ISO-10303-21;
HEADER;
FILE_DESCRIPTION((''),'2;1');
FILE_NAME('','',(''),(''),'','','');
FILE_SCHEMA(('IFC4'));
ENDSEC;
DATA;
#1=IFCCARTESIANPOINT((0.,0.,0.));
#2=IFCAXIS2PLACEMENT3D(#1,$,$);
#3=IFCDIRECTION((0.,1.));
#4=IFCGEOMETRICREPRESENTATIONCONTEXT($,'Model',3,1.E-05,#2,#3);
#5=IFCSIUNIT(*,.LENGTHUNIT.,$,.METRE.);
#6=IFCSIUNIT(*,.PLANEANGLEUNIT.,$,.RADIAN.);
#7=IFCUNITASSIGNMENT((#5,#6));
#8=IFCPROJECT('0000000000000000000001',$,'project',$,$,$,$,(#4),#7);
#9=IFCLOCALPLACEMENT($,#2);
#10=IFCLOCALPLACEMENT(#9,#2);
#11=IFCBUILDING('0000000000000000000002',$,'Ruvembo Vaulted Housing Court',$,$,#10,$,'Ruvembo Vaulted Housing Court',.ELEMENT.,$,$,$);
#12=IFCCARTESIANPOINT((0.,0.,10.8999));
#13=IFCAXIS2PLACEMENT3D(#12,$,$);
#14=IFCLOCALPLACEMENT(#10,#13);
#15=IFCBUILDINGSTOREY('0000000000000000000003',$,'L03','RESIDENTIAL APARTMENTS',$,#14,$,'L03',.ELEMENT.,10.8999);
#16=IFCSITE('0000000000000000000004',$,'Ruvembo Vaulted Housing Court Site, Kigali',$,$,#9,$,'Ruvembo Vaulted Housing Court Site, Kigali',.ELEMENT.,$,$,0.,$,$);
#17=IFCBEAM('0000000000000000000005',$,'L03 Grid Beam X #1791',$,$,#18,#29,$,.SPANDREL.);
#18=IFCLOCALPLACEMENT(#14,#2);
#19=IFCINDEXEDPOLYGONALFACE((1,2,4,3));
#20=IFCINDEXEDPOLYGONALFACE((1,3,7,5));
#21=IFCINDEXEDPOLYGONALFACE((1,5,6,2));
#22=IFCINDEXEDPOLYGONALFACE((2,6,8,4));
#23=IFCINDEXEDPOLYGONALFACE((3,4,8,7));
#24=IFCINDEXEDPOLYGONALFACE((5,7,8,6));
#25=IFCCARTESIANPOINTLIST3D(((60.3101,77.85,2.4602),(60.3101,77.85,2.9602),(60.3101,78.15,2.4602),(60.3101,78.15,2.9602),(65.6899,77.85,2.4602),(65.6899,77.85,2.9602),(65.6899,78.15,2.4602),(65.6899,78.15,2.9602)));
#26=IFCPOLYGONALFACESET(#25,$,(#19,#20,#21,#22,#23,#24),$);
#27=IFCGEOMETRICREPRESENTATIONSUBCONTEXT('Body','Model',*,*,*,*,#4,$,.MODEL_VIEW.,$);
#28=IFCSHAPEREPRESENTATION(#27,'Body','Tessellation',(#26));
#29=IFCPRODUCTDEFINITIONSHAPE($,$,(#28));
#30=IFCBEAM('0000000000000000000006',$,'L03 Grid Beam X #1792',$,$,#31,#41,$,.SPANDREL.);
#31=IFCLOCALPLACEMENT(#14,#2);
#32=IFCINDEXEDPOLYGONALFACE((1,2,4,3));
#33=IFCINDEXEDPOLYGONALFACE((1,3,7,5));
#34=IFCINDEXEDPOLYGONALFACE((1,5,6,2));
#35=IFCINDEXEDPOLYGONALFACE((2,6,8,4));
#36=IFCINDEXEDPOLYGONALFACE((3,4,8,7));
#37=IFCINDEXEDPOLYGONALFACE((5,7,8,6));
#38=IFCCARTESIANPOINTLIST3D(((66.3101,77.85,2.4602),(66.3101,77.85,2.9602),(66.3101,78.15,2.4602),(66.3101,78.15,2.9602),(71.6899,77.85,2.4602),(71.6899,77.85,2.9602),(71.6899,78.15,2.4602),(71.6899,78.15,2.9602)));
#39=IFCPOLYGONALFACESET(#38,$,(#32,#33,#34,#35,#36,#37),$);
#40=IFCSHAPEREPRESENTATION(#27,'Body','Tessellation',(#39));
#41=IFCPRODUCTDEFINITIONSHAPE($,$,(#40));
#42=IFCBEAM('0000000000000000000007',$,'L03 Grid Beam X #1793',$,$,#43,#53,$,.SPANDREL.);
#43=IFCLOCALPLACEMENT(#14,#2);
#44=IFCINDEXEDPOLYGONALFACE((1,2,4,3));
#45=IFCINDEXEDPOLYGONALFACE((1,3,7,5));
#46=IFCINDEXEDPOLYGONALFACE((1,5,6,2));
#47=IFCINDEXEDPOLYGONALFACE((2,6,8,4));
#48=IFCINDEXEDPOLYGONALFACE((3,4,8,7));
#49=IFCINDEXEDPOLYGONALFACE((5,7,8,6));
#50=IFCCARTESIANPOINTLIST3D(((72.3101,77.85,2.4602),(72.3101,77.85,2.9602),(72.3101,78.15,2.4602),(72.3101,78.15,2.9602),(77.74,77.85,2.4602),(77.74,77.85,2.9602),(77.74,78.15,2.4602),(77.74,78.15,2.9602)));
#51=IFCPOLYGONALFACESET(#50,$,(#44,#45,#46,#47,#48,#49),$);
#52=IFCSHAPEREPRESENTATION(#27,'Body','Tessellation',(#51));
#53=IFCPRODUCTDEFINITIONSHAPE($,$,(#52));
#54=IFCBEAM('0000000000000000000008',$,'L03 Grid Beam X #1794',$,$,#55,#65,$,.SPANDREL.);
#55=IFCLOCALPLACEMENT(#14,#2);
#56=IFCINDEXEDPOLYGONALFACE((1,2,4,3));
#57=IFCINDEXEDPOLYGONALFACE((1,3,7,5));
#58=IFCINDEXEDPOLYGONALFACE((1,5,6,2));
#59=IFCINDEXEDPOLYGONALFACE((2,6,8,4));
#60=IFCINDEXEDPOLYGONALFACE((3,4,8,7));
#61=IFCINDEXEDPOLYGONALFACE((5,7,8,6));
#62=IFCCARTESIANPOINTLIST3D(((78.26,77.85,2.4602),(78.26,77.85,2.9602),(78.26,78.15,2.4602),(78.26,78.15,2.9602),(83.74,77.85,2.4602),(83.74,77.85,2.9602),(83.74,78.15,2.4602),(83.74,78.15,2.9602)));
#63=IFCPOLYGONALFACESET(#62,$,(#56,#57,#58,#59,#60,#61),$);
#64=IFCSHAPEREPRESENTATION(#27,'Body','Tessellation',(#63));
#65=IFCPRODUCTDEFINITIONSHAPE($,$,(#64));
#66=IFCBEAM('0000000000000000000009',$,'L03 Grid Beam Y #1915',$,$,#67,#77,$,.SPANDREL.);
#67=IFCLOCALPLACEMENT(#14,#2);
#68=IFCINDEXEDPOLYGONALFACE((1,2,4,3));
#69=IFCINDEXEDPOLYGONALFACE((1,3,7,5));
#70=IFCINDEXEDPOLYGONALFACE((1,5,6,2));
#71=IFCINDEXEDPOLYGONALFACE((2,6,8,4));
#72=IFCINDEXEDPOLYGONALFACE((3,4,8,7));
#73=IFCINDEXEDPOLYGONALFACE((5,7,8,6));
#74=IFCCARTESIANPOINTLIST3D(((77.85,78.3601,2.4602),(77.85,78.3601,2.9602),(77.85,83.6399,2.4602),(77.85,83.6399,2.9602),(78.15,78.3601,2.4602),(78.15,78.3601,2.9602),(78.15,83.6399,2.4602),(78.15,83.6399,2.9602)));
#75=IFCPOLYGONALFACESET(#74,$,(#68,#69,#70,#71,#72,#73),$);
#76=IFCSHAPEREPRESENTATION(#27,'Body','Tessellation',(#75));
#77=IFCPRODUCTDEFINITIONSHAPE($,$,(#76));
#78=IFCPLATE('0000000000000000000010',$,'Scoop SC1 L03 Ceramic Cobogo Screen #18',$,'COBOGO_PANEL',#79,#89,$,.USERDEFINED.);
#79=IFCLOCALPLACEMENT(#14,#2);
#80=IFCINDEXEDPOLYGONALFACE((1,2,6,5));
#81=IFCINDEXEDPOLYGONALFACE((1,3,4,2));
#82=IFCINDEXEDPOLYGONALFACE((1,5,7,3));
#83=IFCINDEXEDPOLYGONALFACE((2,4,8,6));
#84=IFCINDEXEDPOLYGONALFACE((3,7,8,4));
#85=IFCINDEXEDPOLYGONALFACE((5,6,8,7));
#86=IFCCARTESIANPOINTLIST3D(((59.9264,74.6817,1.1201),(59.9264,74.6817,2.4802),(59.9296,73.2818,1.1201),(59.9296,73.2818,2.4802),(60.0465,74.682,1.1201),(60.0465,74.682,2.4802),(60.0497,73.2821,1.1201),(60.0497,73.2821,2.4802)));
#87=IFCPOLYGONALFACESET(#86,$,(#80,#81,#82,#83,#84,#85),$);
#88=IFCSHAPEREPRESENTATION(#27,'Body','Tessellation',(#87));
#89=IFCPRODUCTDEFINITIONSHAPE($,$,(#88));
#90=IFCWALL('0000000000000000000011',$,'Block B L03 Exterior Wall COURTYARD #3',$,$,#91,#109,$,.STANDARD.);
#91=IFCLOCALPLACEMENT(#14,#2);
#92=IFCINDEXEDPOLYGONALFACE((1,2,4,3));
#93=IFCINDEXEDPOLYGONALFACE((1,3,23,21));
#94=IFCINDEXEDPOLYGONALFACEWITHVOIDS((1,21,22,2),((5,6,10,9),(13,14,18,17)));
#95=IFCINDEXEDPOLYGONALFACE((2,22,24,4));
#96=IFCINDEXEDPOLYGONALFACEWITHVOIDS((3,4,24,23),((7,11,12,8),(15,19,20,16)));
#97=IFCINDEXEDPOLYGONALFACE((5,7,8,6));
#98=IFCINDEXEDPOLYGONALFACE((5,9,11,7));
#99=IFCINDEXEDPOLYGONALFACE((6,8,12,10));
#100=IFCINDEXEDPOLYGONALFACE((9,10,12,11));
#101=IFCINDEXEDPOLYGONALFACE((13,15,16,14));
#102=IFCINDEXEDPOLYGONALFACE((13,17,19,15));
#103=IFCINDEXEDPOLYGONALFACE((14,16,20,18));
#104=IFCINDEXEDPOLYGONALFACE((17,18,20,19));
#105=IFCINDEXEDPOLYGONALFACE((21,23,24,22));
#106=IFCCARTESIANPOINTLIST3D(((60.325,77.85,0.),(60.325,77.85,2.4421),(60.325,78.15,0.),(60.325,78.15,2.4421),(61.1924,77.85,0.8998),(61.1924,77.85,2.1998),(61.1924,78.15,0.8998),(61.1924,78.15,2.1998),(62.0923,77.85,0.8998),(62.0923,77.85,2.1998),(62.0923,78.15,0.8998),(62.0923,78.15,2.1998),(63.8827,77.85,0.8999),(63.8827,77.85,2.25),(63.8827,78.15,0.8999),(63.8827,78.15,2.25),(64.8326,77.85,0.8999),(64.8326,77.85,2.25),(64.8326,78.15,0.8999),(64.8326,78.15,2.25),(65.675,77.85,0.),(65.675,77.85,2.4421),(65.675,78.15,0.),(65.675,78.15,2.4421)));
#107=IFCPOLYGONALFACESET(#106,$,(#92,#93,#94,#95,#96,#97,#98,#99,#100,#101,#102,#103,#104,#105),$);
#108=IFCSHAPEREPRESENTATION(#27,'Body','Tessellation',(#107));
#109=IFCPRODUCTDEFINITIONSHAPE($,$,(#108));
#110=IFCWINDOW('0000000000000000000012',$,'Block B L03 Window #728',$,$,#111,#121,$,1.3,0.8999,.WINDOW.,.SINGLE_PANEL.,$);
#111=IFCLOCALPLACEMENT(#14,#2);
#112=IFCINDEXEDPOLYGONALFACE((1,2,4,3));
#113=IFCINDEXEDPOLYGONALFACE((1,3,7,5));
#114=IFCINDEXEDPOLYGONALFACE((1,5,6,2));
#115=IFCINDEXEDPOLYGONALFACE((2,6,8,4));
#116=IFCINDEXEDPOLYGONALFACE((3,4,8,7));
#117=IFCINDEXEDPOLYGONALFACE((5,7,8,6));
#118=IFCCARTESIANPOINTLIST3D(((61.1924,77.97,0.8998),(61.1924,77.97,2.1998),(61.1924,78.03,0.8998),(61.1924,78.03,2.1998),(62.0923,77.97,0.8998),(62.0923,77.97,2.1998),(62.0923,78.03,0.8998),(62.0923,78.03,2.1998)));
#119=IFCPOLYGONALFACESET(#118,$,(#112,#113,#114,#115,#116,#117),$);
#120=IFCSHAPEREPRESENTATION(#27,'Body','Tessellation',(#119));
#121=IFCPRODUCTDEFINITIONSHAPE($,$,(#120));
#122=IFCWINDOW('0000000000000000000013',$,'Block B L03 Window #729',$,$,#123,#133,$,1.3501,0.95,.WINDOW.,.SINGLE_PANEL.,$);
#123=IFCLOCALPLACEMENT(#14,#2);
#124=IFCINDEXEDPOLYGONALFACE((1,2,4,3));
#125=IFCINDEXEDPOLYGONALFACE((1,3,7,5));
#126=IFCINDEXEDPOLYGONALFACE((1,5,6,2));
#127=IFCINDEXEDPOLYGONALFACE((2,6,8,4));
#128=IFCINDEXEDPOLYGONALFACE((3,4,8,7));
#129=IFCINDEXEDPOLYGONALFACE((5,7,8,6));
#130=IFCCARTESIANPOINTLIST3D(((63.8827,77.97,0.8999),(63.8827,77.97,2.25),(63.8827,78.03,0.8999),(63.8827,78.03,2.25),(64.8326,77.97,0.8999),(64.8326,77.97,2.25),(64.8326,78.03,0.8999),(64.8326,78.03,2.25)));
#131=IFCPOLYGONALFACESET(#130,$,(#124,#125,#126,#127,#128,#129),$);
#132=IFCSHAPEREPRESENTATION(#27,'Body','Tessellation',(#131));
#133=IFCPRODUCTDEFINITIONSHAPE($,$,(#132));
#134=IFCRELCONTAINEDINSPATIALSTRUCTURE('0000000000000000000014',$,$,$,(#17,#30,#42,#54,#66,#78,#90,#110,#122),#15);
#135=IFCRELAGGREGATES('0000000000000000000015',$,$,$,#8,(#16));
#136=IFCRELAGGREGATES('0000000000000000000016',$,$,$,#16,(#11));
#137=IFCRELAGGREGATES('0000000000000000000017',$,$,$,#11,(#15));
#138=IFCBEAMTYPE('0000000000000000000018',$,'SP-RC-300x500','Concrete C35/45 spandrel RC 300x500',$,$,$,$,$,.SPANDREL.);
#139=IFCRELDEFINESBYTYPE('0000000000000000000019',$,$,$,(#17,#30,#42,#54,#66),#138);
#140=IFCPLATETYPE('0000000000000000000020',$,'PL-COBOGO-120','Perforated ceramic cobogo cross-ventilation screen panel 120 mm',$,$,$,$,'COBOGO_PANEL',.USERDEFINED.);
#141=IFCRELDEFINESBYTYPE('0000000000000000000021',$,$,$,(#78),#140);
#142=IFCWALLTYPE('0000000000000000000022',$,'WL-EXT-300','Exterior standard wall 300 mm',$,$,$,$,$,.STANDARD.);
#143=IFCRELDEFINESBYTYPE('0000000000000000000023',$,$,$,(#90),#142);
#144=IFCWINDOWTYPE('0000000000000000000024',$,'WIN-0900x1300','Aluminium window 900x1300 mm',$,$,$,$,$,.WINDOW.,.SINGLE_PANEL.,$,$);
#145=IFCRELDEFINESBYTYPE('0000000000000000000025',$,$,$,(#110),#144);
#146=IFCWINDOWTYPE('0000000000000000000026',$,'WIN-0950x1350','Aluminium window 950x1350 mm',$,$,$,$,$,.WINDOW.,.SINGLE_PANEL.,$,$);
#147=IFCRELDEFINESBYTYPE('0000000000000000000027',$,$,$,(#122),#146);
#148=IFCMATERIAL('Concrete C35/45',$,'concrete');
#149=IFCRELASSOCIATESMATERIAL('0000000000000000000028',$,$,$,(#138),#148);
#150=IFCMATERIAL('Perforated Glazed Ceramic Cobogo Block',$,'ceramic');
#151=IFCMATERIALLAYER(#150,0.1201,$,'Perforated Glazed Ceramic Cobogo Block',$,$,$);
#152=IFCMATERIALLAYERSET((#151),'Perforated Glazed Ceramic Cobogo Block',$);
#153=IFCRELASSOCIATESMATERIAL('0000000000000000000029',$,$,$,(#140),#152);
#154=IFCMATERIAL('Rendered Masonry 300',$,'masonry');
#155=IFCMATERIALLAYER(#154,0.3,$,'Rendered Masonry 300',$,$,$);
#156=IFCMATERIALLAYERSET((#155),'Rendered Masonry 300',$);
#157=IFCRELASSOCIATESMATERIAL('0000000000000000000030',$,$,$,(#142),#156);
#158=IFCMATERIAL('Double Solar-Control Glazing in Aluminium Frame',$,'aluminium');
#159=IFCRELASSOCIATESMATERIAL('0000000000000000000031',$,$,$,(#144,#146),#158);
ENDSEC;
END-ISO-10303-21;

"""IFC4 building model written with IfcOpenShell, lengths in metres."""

from ifc_helpers import new_model, si_unit, direction, frame, frame_2d, origin, origin_2d, place, context, subcontext, project, spatial, rectangle, extrude, material, layer, layer_set, material_profile, profile_set, type_object, element, fill, save


model = new_model("IFC4")

# Units and contexts
model_context = context("Model", 3, precision=1e-05, world=origin(), true_north=direction((0.0, 1.0)))
body_context = subcontext(model_context, "Body", "Model", "MODEL_VIEW")
ifc_project = project(units=[si_unit("LENGTHUNIT", "METRE"), si_unit("PLANEANGLEUNIT", "RADIAN")], contexts=[model_context])

# Site, building, storey
site_placement = place(None, origin())
site = spatial("IfcSite", under=ifc_project, at=site_placement, Name="Ruvembo Vaulted Housing Court Site, Kigali", LongName="Ruvembo Vaulted Housing Court Site, Kigali", CompositionType="ELEMENT", RefElevation=0.0)
building_placement = place(site_placement, origin())
building = spatial("IfcBuilding", under=site, at=building_placement, Name="Ruvembo Vaulted Housing Court", LongName="Ruvembo Vaulted Housing Court", CompositionType="ELEMENT")
storey_placement = place(building_placement, frame((0.0, 0.0, 10.8999)))
storey = spatial("IfcBuildingStorey", under=building, at=storey_placement, Name="L03", Description="RESIDENTIAL APARTMENTS", LongName="L03", CompositionType="ELEMENT", Elevation=10.8999)

# Beams
ifc_material_1 = material(Name="Concrete C35/45", Category="concrete")
ifc_material_profile_1 = material_profile(ifc_material_1, rectangle(XDim=0.3, YDim=0.5, at=origin_2d()), Name="RC 300x500")
ifc_profile_set_1 = profile_set([ifc_material_profile_1], Name="Concrete C35/45")
beam_type_1 = type_object("IfcBeamType", Name="SP-RC-300x500", Description="Concrete C35/45 spandrel RC 300x500", PredefinedType="SPANDREL", material=ifc_profile_set_1)
for number, where, z_axis, x_axis, name in (
    (1, (60.3101, 78.0, 2.7102), (1.0, 0.0, 0.0), (0.0, 1.0, 0.0), "L03 Grid Beam X #1791"),
    (2, (66.3101, 78.0, 2.7102), (1.0, 0.0, 0.0), (0.0, 1.0, 0.0), "L03 Grid Beam X #1792"),
):
    element("IfcBeam", number, at=place(storey_placement, frame(where, z_axis=z_axis, x_axis=x_axis)), inside=storey, type_object=beam_type_1, Name=name, PredefinedType="SPANDREL", context=body_context, shape_type="SweptSolid", body=[
        extrude(rectangle(XDim=0.3, YDim=0.5, at=origin_2d()), origin(), (0.0, 0.0, 1.0), 5.3799),
    ])
beam_1_placement = place(storey_placement, frame((72.3101, 78.0, 2.7102), z_axis=(1.0, 0.0, 0.0), x_axis=(0.0, 1.0, 0.0)))
element("IfcBeam", 3, at=beam_1_placement, inside=storey, type_object=beam_type_1, Name="L03 Grid Beam X #1793", PredefinedType="SPANDREL", context=body_context, shape_type="SweptSolid", body=[
    extrude(rectangle(XDim=0.3, YDim=0.5, at=origin_2d()), origin(), (0.0, 0.0, 1.0), 5.4299),
])
beam_2_placement = place(storey_placement, frame((78.26, 78.0, 2.7102), z_axis=(1.0, 0.0, 0.0), x_axis=(0.0, 1.0, 0.0)))
element("IfcBeam", 4, at=beam_2_placement, inside=storey, type_object=beam_type_1, Name="L03 Grid Beam X #1794", PredefinedType="SPANDREL", context=body_context, shape_type="SweptSolid", body=[
    extrude(rectangle(XDim=0.3, YDim=0.5, at=origin_2d()), origin(), (0.0, 0.0, 1.0), 5.48),
])
beam_3_placement = place(storey_placement, frame((78.0, 78.3601, 2.7102), z_axis=(0.0, 1.0, 0.0), x_axis=(-1.0, 0.0, 0.0)))
element("IfcBeam", 5, at=beam_3_placement, inside=storey, type_object=beam_type_1, Name="L03 Grid Beam Y #1915", PredefinedType="SPANDREL", context=body_context, shape_type="SweptSolid", body=[
    extrude(rectangle(XDim=0.3, YDim=0.5, at=origin_2d()), origin(), (0.0, 0.0, 1.0), 5.2798),
])

# Plate
ifc_material_2 = material(Name="Perforated Glazed Ceramic Cobogo Block", Category="ceramic")
ifc_layer_1 = layer(ifc_material_2, 0.1201, Name="Perforated Glazed Ceramic Cobogo Block")
ifc_layer_set_1 = layer_set([ifc_layer_1], Name="Perforated Glazed Ceramic Cobogo Block")
plate_type = type_object("IfcPlateType", Name="PL-COBOGO-120", Description="Perforated ceramic cobogo cross-ventilation screen panel 120 mm", ElementType="COBOGO_PANEL", PredefinedType="USERDEFINED", material=ifc_layer_set_1)
plate_placement = place(storey_placement, frame((59.988, 73.9819, 1.1201), z_axis=(0.0, 0.0, 1.0), x_axis=(-0.002269, 0.999997, 0.0)))
element("IfcPlate", 6, at=plate_placement, inside=storey, type_object=plate_type, Name="Scoop SC1 L03 Ceramic Cobogo Screen #18", ObjectType="COBOGO_PANEL", PredefinedType="USERDEFINED", context=body_context, shape_type="SweptSolid", body=[
    extrude(rectangle(XDim=1.3999, YDim=0.1201, at=origin_2d()), origin(), (0.0, 0.0, 1.0), 1.3601),
])

# Wall, openings, windows
ifc_material_3 = material(Name="Rendered Masonry 300", Category="masonry")
ifc_layer_2 = layer(ifc_material_3, 0.3, Name="Rendered Masonry 300")
ifc_layer_set_2 = layer_set([ifc_layer_2], Name="Rendered Masonry 300")
wall_type_1 = type_object("IfcWallType", Name="WL-EXT-300", Description="Exterior standard wall 300 mm", PredefinedType="STANDARD", material=ifc_layer_set_2)
wall_1_placement = place(storey_placement, frame((60.325, 78.0, 0.0), z_axis=(0.0, 0.0, 1.0), x_axis=(1.0, 0.0, 0.0)))
wall_1 = element("IfcWall", 7, at=wall_1_placement, inside=storey, type_object=wall_type_1, Name="Block B L03 Exterior Wall COURTYARD #3", PredefinedType="STANDARD", context=body_context, shape_type="SweptSolid", body=[
    extrude(rectangle(XDim=5.3501, YDim=0.3, at=frame_2d((2.675, 0.0))), origin(), (0.0, 0.0, 1.0), 2.4421),
])
opening_1_placement = place(wall_1_placement, frame((0.8674, 0.0, 0.8999)))
opening_1 = element("IfcOpeningElement", 8, at=opening_1_placement, cuts=wall_1, PredefinedType="OPENING", context=body_context, shape_type="SweptSolid", body=[
    extrude(rectangle(XDim=0.8999, YDim=1.3, at=frame_2d((0.45, 0.6499))), frame((0.0, 0.1599, 0.0), z_axis=(0.0, -1.0, 0.0), x_axis=(1.0, 0.0, 0.0)), (0.0, 0.0, 1.0), 0.3201),
])
opening_2_placement = place(wall_1_placement, frame((3.5576, 0.0, 0.8999)))
opening_2 = element("IfcOpeningElement", 9, at=opening_2_placement, cuts=wall_1, PredefinedType="OPENING", context=body_context, shape_type="SweptSolid", body=[
    extrude(rectangle(XDim=0.95, YDim=1.3501, at=frame_2d((0.4751, 0.675))), frame((0.0, 0.1599, 0.0), z_axis=(0.0, -1.0, 0.0), x_axis=(1.0, 0.0, 0.0)), (0.0, 0.0, 1.0), 0.3201),
])
ifc_material_4 = material(Name="Double Solar-Control Glazing in Aluminium Frame", Category="aluminium")
window_type_1 = type_object("IfcWindowType", Name="WIN-0900x1300", Description="Aluminium window 900x1300 mm", PartitioningType="SINGLE_PANEL", PredefinedType="WINDOW", material=ifc_material_4)
window_1_placement = place(opening_1_placement, origin())
window_1 = element("IfcWindow", 10, at=window_1_placement, inside=storey, type_object=window_type_1, Name="Block B L03 Window #728", OverallHeight=1.3, OverallWidth=0.8999, PartitioningType="SINGLE_PANEL", PredefinedType="WINDOW", context=body_context, shape_type="SweptSolid", body=[
    extrude(rectangle(XDim=0.8999, YDim=1.3, at=frame_2d((0.45, 0.6499))), frame((0.0, 0.03, 0.0), z_axis=(0.0, -1.0, 0.0), x_axis=(1.0, 0.0, 0.0)), (0.0, 0.0, 1.0), 0.0601),
])
fill(opening_1, window_1)
window_type_2 = type_object("IfcWindowType", Name="WIN-0950x1350", Description="Aluminium window 950x1350 mm", PartitioningType="SINGLE_PANEL", PredefinedType="WINDOW", material=ifc_material_4)
window_2_placement = place(opening_2_placement, origin())
window_2 = element("IfcWindow", 11, at=window_2_placement, inside=storey, type_object=window_type_2, Name="Block B L03 Window #729", OverallHeight=1.3501, OverallWidth=0.95, PartitioningType="SINGLE_PANEL", PredefinedType="WINDOW", context=body_context, shape_type="SweptSolid", body=[
    extrude(rectangle(XDim=0.95, YDim=1.3501, at=frame_2d((0.4751, 0.675))), frame((0.0, 0.03, 0.0), z_axis=(0.0, -1.0, 0.0), x_axis=(1.0, 0.0, 0.0)), (0.0, 0.0, 1.0), 0.0601),
])
fill(opening_2, window_2)

save(model, "model.ifc")
